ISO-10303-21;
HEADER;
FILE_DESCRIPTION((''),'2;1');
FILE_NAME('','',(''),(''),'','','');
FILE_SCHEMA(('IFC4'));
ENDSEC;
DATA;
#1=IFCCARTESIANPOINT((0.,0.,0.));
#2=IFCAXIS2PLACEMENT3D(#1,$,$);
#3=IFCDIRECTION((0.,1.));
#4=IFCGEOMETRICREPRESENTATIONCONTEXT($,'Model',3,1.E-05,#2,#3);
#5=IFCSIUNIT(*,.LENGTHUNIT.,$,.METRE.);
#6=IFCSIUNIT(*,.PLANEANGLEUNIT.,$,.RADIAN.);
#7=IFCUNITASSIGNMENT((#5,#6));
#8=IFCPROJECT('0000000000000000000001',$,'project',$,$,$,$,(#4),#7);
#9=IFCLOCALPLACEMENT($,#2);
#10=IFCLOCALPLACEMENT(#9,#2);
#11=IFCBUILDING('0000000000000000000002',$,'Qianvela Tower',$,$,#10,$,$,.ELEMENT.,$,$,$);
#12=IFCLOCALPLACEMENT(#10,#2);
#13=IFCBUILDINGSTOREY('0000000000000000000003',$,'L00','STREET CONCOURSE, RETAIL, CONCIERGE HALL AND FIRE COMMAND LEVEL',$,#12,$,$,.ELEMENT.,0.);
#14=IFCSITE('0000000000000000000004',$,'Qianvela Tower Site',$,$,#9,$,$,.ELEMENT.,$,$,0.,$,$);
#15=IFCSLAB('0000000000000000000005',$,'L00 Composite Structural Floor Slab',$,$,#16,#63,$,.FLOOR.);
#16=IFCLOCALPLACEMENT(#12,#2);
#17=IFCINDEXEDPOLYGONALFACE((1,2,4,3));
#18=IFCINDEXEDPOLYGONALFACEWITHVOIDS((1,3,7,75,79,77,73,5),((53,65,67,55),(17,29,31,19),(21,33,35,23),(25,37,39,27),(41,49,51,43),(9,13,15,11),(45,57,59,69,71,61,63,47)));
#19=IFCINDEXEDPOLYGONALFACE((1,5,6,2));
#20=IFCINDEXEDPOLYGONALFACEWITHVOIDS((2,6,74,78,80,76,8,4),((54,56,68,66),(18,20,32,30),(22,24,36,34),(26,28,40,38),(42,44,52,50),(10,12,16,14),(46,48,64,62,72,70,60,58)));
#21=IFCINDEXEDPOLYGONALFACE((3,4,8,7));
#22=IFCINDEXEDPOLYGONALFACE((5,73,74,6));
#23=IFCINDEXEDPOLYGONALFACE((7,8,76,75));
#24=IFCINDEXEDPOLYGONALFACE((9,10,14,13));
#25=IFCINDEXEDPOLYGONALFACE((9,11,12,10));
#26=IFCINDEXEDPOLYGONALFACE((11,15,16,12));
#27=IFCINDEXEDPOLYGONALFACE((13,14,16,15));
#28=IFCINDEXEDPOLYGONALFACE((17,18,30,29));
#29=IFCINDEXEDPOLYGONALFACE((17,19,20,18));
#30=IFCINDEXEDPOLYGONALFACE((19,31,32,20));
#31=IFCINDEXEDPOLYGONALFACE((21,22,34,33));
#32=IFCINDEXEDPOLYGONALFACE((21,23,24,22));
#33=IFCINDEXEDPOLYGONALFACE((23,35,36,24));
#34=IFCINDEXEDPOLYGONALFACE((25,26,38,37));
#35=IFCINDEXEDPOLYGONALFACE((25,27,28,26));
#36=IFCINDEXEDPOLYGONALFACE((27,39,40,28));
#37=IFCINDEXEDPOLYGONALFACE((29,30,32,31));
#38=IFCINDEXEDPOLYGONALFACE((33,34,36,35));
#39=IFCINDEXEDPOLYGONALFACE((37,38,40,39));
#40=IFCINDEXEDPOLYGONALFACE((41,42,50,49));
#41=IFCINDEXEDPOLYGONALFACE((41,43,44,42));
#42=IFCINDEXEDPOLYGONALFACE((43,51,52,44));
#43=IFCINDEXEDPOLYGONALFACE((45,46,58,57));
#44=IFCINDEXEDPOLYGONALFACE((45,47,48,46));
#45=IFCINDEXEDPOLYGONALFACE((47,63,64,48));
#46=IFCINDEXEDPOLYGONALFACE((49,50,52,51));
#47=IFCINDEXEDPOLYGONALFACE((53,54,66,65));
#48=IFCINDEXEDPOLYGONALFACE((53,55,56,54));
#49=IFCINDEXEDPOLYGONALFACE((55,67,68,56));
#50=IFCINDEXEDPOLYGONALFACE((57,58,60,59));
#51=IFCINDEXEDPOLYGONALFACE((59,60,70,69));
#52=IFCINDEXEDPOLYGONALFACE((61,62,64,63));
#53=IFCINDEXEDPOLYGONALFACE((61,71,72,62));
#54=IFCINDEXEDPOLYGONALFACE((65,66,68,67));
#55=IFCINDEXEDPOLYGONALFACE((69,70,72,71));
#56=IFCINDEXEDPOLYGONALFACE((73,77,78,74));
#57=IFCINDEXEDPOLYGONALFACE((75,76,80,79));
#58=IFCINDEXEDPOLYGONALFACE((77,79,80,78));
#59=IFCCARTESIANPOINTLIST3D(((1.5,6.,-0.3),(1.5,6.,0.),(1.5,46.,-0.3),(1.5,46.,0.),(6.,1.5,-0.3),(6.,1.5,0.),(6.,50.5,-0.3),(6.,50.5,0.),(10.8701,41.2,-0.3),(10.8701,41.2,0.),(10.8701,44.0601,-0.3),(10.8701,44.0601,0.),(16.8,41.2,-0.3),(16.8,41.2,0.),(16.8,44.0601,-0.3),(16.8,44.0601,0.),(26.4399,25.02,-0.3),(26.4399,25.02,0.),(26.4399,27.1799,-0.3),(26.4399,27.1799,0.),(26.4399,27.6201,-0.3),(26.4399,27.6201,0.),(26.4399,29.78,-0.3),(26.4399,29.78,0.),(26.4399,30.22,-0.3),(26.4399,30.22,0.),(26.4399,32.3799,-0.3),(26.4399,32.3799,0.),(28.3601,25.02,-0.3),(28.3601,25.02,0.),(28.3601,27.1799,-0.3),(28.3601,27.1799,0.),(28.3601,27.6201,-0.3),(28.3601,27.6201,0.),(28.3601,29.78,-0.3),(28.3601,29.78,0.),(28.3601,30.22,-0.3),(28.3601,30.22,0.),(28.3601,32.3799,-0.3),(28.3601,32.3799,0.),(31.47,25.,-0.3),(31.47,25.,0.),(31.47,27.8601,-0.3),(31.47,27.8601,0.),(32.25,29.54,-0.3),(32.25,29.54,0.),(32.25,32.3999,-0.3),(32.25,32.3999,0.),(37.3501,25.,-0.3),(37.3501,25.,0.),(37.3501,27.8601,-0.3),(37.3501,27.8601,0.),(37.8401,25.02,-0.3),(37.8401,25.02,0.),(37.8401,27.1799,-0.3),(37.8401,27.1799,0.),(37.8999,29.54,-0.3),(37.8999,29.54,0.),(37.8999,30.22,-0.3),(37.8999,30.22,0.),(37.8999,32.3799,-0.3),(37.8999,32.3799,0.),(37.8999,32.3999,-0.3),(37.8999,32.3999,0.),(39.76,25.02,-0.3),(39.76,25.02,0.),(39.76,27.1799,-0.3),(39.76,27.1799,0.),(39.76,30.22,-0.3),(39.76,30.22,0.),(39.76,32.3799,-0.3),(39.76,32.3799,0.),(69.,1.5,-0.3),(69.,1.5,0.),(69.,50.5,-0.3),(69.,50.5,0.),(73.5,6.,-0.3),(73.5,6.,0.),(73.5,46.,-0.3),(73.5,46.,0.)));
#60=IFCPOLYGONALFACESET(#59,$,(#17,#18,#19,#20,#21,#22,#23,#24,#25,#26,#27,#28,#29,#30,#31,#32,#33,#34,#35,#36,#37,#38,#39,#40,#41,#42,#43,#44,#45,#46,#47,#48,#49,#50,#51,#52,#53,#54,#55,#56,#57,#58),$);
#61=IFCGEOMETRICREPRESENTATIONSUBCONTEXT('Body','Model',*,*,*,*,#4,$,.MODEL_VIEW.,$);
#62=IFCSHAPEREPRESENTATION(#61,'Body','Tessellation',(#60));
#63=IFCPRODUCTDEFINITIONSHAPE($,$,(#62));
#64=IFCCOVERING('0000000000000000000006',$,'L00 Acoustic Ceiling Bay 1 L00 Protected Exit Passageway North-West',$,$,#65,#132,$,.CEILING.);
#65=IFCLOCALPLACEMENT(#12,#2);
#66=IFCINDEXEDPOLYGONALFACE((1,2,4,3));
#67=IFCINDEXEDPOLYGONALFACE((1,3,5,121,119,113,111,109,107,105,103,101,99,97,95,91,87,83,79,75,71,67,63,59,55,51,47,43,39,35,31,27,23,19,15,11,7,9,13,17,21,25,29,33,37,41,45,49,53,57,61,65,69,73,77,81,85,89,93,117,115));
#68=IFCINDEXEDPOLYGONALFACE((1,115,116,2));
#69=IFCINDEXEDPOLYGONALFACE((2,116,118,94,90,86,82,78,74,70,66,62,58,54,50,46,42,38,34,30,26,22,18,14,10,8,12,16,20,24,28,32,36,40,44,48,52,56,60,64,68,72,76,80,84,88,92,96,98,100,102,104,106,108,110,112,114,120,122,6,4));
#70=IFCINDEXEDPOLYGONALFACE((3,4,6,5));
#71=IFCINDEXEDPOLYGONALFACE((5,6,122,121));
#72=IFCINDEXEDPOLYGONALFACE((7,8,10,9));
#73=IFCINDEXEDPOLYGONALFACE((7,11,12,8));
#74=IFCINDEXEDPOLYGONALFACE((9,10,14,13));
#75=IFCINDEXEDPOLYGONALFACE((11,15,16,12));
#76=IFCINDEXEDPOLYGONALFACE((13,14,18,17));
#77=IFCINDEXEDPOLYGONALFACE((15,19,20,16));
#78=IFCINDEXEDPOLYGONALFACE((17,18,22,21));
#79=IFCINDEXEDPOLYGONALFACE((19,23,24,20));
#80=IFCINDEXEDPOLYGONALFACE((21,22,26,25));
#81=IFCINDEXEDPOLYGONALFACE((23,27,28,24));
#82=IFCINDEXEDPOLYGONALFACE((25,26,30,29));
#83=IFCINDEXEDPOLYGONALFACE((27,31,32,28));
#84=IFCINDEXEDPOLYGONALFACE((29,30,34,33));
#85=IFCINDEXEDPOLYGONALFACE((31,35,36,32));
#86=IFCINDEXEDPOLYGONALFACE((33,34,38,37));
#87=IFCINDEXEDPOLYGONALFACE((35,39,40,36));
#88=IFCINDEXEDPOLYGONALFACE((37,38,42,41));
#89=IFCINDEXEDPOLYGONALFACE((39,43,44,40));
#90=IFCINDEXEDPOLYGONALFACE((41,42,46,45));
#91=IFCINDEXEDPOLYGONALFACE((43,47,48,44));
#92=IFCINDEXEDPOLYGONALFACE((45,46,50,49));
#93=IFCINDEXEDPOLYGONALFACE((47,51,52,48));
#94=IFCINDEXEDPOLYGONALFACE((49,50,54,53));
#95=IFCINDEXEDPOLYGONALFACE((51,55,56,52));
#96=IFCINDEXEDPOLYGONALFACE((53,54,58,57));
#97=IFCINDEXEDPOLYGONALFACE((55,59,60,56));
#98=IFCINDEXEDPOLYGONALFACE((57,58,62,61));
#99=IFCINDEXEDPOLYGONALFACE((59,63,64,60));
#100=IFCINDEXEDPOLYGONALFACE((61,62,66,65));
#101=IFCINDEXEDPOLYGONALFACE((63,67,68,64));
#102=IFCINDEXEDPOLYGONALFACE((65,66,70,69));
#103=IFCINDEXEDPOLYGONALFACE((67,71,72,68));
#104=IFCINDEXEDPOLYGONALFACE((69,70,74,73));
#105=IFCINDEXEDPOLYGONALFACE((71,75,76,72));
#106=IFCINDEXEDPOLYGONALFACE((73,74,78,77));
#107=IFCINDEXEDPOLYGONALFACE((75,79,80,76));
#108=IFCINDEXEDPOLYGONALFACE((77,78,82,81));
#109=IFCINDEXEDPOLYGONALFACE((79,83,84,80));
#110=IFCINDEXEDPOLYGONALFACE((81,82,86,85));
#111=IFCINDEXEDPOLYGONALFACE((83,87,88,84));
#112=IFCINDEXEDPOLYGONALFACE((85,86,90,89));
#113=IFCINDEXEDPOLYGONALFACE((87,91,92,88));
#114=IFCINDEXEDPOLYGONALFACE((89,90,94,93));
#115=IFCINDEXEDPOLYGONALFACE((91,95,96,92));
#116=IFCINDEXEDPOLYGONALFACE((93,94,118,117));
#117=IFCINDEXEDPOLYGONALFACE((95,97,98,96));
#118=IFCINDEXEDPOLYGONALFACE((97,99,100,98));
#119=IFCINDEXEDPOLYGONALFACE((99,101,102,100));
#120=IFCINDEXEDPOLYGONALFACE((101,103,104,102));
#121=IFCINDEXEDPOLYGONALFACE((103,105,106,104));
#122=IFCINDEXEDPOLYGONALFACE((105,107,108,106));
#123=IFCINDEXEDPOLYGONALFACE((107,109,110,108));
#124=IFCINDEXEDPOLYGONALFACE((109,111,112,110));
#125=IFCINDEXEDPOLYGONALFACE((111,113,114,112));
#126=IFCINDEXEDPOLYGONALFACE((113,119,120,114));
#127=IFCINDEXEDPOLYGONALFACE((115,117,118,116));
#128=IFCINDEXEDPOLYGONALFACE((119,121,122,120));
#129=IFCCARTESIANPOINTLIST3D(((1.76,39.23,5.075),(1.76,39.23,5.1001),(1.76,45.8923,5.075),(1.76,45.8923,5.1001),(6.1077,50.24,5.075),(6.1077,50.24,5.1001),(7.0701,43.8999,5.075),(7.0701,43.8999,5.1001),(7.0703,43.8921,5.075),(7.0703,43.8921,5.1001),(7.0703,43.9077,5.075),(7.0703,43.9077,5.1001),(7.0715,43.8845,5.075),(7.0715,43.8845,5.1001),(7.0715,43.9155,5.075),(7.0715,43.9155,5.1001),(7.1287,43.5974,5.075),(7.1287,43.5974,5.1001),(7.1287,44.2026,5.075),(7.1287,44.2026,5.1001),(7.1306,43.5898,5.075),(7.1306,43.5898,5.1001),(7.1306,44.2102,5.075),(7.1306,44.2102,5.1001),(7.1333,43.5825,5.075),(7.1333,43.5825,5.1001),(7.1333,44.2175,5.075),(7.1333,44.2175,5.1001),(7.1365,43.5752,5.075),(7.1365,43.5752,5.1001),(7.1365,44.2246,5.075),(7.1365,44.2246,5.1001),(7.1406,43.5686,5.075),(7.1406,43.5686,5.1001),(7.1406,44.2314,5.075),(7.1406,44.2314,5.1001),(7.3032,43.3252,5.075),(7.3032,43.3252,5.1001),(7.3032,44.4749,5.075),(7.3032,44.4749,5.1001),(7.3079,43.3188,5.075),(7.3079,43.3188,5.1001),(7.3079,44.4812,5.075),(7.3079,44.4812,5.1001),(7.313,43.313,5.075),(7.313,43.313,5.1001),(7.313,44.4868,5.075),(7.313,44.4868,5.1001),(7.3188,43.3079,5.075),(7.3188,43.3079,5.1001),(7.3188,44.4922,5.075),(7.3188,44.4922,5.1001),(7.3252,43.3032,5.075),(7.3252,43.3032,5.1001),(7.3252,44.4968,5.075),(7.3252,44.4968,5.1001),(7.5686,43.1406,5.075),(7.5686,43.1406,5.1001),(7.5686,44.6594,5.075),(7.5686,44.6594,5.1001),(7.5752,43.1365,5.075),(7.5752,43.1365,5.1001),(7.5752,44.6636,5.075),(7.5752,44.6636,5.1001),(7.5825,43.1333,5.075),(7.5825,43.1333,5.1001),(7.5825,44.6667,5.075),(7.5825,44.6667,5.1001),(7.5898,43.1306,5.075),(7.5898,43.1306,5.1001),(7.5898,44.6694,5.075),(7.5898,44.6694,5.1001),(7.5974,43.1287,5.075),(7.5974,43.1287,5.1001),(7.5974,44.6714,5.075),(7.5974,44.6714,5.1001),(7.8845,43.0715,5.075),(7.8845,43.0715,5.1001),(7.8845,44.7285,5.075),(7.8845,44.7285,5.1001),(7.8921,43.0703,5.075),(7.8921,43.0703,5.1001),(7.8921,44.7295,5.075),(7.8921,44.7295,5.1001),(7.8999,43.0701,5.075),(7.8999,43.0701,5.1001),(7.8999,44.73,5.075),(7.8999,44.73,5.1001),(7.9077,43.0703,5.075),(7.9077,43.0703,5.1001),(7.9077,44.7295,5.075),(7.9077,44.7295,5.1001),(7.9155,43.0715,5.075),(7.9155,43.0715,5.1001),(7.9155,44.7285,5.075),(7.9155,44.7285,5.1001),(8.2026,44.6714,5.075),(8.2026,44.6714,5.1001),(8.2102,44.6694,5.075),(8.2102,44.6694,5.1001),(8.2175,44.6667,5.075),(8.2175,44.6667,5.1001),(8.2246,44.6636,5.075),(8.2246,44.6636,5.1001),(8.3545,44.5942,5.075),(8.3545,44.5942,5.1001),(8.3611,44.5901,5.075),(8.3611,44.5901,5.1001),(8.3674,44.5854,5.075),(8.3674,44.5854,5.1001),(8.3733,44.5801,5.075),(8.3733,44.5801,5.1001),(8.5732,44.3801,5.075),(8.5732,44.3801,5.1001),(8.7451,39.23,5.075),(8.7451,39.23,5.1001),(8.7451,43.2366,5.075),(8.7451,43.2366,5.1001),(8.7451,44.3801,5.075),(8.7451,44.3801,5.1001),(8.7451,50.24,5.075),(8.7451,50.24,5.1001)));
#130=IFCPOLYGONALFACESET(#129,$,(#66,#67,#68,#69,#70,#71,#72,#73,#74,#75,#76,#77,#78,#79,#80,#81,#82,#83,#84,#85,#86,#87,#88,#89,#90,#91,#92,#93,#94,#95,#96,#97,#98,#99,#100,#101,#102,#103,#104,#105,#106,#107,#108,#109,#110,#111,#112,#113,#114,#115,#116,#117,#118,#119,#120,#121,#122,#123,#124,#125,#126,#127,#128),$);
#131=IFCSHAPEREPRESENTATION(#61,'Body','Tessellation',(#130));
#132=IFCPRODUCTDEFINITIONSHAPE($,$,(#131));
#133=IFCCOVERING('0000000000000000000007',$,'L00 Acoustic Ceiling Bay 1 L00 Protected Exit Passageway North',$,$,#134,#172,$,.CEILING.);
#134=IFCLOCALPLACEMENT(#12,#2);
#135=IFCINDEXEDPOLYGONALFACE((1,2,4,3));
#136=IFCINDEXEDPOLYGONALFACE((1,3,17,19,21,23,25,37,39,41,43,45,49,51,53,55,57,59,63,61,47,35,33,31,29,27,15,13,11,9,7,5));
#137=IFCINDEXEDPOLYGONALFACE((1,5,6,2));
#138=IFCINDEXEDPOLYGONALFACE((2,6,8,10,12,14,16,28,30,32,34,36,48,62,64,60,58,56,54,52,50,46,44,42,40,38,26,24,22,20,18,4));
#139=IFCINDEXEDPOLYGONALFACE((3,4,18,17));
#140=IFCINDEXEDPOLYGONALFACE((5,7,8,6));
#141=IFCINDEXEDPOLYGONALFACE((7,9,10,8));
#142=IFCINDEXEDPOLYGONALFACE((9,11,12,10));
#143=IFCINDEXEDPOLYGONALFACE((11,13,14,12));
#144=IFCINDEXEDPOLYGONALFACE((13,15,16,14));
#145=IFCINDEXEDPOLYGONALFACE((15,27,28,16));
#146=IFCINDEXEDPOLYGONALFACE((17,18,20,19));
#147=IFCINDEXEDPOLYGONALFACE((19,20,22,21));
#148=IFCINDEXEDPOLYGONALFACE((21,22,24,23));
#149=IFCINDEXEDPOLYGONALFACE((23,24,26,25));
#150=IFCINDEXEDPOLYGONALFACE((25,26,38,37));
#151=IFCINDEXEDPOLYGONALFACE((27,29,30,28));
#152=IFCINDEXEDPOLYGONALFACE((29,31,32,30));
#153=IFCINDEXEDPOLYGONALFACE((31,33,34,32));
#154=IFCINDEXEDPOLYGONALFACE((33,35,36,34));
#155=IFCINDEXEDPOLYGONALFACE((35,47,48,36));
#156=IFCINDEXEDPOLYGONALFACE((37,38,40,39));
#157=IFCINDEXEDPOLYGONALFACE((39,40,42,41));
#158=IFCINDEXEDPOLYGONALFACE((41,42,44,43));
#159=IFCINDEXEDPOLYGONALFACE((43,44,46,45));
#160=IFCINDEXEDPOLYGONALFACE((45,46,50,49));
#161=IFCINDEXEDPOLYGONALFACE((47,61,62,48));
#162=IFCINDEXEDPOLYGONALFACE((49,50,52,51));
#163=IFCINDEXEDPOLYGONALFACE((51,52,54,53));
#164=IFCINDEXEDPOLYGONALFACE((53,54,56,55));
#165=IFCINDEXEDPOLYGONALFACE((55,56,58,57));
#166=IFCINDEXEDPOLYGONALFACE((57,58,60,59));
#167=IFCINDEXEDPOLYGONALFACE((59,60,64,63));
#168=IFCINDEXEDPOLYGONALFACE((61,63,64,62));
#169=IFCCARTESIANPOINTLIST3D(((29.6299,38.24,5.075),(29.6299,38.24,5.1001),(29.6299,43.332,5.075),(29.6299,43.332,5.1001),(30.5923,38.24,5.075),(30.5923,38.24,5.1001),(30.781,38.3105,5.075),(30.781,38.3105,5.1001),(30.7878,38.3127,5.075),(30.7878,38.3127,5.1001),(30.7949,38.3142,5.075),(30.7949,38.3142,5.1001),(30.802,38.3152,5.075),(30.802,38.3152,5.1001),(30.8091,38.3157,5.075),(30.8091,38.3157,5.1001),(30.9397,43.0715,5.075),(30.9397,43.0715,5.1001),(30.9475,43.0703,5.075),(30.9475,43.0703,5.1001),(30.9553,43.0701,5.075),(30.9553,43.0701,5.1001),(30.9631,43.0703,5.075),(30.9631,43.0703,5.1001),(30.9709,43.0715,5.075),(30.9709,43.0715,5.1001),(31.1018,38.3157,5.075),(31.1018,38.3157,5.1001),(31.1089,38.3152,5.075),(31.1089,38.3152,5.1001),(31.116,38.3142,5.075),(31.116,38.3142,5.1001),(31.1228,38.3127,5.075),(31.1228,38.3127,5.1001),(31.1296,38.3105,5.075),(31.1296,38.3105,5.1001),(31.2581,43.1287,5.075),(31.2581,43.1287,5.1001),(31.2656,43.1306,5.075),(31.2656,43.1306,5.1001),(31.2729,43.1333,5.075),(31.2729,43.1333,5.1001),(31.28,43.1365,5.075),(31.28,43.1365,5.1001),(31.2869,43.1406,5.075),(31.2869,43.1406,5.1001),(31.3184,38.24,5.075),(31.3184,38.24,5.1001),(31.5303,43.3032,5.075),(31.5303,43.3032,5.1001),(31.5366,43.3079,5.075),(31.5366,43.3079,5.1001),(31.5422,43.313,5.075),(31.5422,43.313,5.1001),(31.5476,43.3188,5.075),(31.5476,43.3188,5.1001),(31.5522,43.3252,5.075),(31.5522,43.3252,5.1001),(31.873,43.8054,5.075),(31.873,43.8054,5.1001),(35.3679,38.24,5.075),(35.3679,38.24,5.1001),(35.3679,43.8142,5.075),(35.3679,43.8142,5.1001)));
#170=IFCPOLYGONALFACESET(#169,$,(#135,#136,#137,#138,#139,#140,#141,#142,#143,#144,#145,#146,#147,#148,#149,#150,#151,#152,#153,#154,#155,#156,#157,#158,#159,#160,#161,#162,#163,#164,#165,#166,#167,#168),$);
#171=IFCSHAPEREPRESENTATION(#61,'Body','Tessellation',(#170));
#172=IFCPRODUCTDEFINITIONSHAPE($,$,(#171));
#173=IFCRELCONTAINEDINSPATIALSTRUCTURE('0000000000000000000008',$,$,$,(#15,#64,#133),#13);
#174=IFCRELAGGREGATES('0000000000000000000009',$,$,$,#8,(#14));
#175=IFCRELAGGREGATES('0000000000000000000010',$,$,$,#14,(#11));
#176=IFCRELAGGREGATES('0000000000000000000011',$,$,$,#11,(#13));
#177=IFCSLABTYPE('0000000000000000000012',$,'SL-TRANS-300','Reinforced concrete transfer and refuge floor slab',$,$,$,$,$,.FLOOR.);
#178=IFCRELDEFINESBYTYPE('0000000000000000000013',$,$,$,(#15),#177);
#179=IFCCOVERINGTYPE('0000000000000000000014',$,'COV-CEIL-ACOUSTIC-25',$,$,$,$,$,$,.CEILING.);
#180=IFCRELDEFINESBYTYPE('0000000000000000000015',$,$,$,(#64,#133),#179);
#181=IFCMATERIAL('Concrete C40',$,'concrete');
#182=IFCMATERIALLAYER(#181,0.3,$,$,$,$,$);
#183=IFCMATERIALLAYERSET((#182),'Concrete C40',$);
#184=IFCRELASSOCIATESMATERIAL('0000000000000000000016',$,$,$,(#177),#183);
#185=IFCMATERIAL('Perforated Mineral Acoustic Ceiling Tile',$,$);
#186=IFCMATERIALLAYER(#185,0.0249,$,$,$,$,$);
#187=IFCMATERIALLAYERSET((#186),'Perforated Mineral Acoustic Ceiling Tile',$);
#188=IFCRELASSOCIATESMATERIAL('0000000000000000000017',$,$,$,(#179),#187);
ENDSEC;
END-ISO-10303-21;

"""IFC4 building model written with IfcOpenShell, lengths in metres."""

from ifc_helpers import new_model, si_unit, direction, frame, origin, place, context, subcontext, project, spatial, polyline, outline, extrude, material, layer, layer_set, type_object, element, save


model = new_model("IFC4")

# Units and contexts
model_context = context("Model", 3, precision=1e-05, world=origin(), true_north=direction((0.0, 1.0)))
body_context = subcontext(model_context, "Body", "Model", "MODEL_VIEW")
ifc_project = project(units=[si_unit("LENGTHUNIT", "METRE"), si_unit("PLANEANGLEUNIT", "RADIAN")], contexts=[model_context])

# Site, building, storey
site_placement = place(None, origin())
site = spatial("IfcSite", under=ifc_project, at=site_placement, Name="Qianvela Tower Site", CompositionType="ELEMENT", RefElevation=0.0)
building_placement = place(site_placement, origin())
building = spatial("IfcBuilding", under=site, at=building_placement, Name="Qianvela Tower", CompositionType="ELEMENT")
storey_placement = place(building_placement, origin())
storey = spatial("IfcBuildingStorey", under=building, at=storey_placement, Name="L00", Description="STREET CONCOURSE, RETAIL, CONCIERGE HALL AND FIRE COMMAND LEVEL", CompositionType="ELEMENT", Elevation=0.0)

# Slab
ifc_material_1 = material(Name="Concrete C40", Category="concrete")
ifc_layer_1 = layer(ifc_material_1, 0.3)
ifc_layer_set_1 = layer_set([ifc_layer_1], Name="Concrete C40")
slab_type_1 = type_object("IfcSlabType", Name="SL-TRANS-300", Description="Reinforced concrete transfer and refuge floor slab", PredefinedType="FLOOR", material=ifc_layer_set_1)
slab_1_placement = place(storey_placement, frame((0.0, 0.0, -0.3)))
element("IfcSlab", 1, at=slab_1_placement, inside=storey, type_object=slab_type_1, Name="L00 Composite Structural Floor Slab", PredefinedType="FLOOR", context=body_context, shape_type="SweptSolid", body=[
    extrude(outline(polyline([(6.0, 1.5), (69.0, 1.5), (73.5, 6.0), (73.5, 46.0), (69.0, 50.5), (6.0, 50.5), (1.5, 46.0), (1.5, 6.0), (6.0, 1.5)]), holes=[polyline([(28.3601, 27.1799), (26.4399, 27.1799), (26.4399, 25.02), (28.3601, 25.02), (28.3601, 27.1799)]), polyline([(39.76, 27.1799), (37.8401, 27.1799), (37.8401, 25.02), (39.76, 25.02), (39.76, 27.1799)]), polyline([(37.3501, 27.8601), (31.47, 27.8601), (31.47, 25.0), (37.3501, 25.0), (37.3501, 27.8601)]), polyline([(28.3601, 29.78), (26.4399, 29.78), (26.4399, 27.6201), (28.3601, 27.6201), (28.3601, 29.78)]), polyline([(37.8999, 32.3999), (32.25, 32.3999), (32.25, 29.54), (37.8999, 29.54), (37.8999, 30.22), (39.76, 30.22), (39.76, 32.3799), (37.8999, 32.3799), (37.8999, 32.3999)]), polyline([(28.3601, 32.3799), (26.4399, 32.3799), (26.4399, 30.22), (28.3601, 30.22), (28.3601, 32.3799)]), polyline([(16.8, 44.0601), (10.8701, 44.0601), (10.8701, 41.2), (16.8, 41.2), (16.8, 44.0601)])]), origin(), (0.0, 0.0, 1.0), 0.3),
])

# Coverings
ifc_material_2 = material(Name="Perforated Mineral Acoustic Ceiling Tile")
ifc_layer_2 = layer(ifc_material_2, 0.0249)
ifc_layer_set_2 = layer_set([ifc_layer_2], Name="Perforated Mineral Acoustic Ceiling Tile")
covering_type_1 = type_object("IfcCoveringType", Name="COV-CEIL-ACOUSTIC-25", PredefinedType="CEILING", material=ifc_layer_set_2)
covering_1_placement = place(storey_placement, frame((0.0, 0.0, 5.075)))
element("IfcCovering", 2, at=covering_1_placement, inside=storey, type_object=covering_type_1, Name="L00 Acoustic Ceiling Bay 1 L00 Protected Exit Passageway North-West", PredefinedType="CEILING", context=body_context, shape_type="SweptSolid", body=[
    extrude(outline(polyline([(7.8921, 43.0703), (7.8999, 43.0701), (7.9077, 43.0703), (7.9155, 43.0715), (8.7451, 43.2366), (8.7451, 39.23), (1.76, 39.23), (1.76, 45.8923), (6.1077, 50.24), (8.7451, 50.24), (8.7451, 44.3801), (8.5732, 44.3801), (8.3733, 44.5801), (8.3674, 44.5854), (8.3611, 44.5901), (8.3545, 44.5942), (8.2246, 44.6636), (8.2175, 44.6667), (8.2102, 44.6694), (8.2026, 44.6714), (7.9155, 44.7285), (7.9077, 44.7295), (7.8999, 44.73), (7.8921, 44.7295), (7.8845, 44.7285), (7.5974, 44.6714), (7.5898, 44.6694), (7.5825, 44.6667), (7.5752, 44.6636), (7.5686, 44.6594), (7.3252, 44.4968), (7.3188, 44.4922), (7.313, 44.4868), (7.3079, 44.4812), (7.3032, 44.4749), (7.1406, 44.2314), (7.1365, 44.2246), (7.1333, 44.2175), (7.1306, 44.2102), (7.1287, 44.2026), (7.0715, 43.9155), (7.0703, 43.9077), (7.0701, 43.8999), (7.0703, 43.8921), (7.0715, 43.8845), (7.1287, 43.5974), (7.1306, 43.5898), (7.1333, 43.5825), (7.1365, 43.5752), (7.1406, 43.5686), (7.3032, 43.3252), (7.3079, 43.3188), (7.313, 43.313), (7.3188, 43.3079), (7.3252, 43.3032), (7.5686, 43.1406), (7.5752, 43.1365), (7.5825, 43.1333), (7.5898, 43.1306), (7.5974, 43.1287), (7.8845, 43.0715), (7.8921, 43.0703)])), origin(), (0.0, 0.0, 1.0), 0.0251),
])
covering_2_placement = place(storey_placement, frame((0.0, 0.0, 5.075)))
element("IfcCovering", 3, at=covering_2_placement, inside=storey, type_object=covering_type_1, Name="L00 Acoustic Ceiling Bay 1 L00 Protected Exit Passageway North", PredefinedType="CEILING", context=body_context, shape_type="SweptSolid", body=[
    extrude(outline(polyline([(30.9397, 43.0715), (30.9475, 43.0703), (30.9553, 43.0701), (30.9631, 43.0703), (30.9709, 43.0715), (31.2581, 43.1287), (31.2656, 43.1306), (31.2729, 43.1333), (31.28, 43.1365), (31.2869, 43.1406), (31.5303, 43.3032), (31.5366, 43.3079), (31.5422, 43.313), (31.5476, 43.3188), (31.5522, 43.3252), (31.873, 43.8054), (35.3679, 43.8142), (35.3679, 38.24), (31.3184, 38.24), (31.1296, 38.3105), (31.1228, 38.3127), (31.116, 38.3142), (31.1089, 38.3152), (31.1018, 38.3157), (30.8091, 38.3157), (30.802, 38.3152), (30.7949, 38.3142), (30.7878, 38.3127), (30.781, 38.3105), (30.5923, 38.24), (29.6299, 38.24), (29.6299, 43.332), (30.9397, 43.0715)])), origin(), (0.0, 0.0, 1.0), 0.0251),
])

save(model, "model.ifc")
